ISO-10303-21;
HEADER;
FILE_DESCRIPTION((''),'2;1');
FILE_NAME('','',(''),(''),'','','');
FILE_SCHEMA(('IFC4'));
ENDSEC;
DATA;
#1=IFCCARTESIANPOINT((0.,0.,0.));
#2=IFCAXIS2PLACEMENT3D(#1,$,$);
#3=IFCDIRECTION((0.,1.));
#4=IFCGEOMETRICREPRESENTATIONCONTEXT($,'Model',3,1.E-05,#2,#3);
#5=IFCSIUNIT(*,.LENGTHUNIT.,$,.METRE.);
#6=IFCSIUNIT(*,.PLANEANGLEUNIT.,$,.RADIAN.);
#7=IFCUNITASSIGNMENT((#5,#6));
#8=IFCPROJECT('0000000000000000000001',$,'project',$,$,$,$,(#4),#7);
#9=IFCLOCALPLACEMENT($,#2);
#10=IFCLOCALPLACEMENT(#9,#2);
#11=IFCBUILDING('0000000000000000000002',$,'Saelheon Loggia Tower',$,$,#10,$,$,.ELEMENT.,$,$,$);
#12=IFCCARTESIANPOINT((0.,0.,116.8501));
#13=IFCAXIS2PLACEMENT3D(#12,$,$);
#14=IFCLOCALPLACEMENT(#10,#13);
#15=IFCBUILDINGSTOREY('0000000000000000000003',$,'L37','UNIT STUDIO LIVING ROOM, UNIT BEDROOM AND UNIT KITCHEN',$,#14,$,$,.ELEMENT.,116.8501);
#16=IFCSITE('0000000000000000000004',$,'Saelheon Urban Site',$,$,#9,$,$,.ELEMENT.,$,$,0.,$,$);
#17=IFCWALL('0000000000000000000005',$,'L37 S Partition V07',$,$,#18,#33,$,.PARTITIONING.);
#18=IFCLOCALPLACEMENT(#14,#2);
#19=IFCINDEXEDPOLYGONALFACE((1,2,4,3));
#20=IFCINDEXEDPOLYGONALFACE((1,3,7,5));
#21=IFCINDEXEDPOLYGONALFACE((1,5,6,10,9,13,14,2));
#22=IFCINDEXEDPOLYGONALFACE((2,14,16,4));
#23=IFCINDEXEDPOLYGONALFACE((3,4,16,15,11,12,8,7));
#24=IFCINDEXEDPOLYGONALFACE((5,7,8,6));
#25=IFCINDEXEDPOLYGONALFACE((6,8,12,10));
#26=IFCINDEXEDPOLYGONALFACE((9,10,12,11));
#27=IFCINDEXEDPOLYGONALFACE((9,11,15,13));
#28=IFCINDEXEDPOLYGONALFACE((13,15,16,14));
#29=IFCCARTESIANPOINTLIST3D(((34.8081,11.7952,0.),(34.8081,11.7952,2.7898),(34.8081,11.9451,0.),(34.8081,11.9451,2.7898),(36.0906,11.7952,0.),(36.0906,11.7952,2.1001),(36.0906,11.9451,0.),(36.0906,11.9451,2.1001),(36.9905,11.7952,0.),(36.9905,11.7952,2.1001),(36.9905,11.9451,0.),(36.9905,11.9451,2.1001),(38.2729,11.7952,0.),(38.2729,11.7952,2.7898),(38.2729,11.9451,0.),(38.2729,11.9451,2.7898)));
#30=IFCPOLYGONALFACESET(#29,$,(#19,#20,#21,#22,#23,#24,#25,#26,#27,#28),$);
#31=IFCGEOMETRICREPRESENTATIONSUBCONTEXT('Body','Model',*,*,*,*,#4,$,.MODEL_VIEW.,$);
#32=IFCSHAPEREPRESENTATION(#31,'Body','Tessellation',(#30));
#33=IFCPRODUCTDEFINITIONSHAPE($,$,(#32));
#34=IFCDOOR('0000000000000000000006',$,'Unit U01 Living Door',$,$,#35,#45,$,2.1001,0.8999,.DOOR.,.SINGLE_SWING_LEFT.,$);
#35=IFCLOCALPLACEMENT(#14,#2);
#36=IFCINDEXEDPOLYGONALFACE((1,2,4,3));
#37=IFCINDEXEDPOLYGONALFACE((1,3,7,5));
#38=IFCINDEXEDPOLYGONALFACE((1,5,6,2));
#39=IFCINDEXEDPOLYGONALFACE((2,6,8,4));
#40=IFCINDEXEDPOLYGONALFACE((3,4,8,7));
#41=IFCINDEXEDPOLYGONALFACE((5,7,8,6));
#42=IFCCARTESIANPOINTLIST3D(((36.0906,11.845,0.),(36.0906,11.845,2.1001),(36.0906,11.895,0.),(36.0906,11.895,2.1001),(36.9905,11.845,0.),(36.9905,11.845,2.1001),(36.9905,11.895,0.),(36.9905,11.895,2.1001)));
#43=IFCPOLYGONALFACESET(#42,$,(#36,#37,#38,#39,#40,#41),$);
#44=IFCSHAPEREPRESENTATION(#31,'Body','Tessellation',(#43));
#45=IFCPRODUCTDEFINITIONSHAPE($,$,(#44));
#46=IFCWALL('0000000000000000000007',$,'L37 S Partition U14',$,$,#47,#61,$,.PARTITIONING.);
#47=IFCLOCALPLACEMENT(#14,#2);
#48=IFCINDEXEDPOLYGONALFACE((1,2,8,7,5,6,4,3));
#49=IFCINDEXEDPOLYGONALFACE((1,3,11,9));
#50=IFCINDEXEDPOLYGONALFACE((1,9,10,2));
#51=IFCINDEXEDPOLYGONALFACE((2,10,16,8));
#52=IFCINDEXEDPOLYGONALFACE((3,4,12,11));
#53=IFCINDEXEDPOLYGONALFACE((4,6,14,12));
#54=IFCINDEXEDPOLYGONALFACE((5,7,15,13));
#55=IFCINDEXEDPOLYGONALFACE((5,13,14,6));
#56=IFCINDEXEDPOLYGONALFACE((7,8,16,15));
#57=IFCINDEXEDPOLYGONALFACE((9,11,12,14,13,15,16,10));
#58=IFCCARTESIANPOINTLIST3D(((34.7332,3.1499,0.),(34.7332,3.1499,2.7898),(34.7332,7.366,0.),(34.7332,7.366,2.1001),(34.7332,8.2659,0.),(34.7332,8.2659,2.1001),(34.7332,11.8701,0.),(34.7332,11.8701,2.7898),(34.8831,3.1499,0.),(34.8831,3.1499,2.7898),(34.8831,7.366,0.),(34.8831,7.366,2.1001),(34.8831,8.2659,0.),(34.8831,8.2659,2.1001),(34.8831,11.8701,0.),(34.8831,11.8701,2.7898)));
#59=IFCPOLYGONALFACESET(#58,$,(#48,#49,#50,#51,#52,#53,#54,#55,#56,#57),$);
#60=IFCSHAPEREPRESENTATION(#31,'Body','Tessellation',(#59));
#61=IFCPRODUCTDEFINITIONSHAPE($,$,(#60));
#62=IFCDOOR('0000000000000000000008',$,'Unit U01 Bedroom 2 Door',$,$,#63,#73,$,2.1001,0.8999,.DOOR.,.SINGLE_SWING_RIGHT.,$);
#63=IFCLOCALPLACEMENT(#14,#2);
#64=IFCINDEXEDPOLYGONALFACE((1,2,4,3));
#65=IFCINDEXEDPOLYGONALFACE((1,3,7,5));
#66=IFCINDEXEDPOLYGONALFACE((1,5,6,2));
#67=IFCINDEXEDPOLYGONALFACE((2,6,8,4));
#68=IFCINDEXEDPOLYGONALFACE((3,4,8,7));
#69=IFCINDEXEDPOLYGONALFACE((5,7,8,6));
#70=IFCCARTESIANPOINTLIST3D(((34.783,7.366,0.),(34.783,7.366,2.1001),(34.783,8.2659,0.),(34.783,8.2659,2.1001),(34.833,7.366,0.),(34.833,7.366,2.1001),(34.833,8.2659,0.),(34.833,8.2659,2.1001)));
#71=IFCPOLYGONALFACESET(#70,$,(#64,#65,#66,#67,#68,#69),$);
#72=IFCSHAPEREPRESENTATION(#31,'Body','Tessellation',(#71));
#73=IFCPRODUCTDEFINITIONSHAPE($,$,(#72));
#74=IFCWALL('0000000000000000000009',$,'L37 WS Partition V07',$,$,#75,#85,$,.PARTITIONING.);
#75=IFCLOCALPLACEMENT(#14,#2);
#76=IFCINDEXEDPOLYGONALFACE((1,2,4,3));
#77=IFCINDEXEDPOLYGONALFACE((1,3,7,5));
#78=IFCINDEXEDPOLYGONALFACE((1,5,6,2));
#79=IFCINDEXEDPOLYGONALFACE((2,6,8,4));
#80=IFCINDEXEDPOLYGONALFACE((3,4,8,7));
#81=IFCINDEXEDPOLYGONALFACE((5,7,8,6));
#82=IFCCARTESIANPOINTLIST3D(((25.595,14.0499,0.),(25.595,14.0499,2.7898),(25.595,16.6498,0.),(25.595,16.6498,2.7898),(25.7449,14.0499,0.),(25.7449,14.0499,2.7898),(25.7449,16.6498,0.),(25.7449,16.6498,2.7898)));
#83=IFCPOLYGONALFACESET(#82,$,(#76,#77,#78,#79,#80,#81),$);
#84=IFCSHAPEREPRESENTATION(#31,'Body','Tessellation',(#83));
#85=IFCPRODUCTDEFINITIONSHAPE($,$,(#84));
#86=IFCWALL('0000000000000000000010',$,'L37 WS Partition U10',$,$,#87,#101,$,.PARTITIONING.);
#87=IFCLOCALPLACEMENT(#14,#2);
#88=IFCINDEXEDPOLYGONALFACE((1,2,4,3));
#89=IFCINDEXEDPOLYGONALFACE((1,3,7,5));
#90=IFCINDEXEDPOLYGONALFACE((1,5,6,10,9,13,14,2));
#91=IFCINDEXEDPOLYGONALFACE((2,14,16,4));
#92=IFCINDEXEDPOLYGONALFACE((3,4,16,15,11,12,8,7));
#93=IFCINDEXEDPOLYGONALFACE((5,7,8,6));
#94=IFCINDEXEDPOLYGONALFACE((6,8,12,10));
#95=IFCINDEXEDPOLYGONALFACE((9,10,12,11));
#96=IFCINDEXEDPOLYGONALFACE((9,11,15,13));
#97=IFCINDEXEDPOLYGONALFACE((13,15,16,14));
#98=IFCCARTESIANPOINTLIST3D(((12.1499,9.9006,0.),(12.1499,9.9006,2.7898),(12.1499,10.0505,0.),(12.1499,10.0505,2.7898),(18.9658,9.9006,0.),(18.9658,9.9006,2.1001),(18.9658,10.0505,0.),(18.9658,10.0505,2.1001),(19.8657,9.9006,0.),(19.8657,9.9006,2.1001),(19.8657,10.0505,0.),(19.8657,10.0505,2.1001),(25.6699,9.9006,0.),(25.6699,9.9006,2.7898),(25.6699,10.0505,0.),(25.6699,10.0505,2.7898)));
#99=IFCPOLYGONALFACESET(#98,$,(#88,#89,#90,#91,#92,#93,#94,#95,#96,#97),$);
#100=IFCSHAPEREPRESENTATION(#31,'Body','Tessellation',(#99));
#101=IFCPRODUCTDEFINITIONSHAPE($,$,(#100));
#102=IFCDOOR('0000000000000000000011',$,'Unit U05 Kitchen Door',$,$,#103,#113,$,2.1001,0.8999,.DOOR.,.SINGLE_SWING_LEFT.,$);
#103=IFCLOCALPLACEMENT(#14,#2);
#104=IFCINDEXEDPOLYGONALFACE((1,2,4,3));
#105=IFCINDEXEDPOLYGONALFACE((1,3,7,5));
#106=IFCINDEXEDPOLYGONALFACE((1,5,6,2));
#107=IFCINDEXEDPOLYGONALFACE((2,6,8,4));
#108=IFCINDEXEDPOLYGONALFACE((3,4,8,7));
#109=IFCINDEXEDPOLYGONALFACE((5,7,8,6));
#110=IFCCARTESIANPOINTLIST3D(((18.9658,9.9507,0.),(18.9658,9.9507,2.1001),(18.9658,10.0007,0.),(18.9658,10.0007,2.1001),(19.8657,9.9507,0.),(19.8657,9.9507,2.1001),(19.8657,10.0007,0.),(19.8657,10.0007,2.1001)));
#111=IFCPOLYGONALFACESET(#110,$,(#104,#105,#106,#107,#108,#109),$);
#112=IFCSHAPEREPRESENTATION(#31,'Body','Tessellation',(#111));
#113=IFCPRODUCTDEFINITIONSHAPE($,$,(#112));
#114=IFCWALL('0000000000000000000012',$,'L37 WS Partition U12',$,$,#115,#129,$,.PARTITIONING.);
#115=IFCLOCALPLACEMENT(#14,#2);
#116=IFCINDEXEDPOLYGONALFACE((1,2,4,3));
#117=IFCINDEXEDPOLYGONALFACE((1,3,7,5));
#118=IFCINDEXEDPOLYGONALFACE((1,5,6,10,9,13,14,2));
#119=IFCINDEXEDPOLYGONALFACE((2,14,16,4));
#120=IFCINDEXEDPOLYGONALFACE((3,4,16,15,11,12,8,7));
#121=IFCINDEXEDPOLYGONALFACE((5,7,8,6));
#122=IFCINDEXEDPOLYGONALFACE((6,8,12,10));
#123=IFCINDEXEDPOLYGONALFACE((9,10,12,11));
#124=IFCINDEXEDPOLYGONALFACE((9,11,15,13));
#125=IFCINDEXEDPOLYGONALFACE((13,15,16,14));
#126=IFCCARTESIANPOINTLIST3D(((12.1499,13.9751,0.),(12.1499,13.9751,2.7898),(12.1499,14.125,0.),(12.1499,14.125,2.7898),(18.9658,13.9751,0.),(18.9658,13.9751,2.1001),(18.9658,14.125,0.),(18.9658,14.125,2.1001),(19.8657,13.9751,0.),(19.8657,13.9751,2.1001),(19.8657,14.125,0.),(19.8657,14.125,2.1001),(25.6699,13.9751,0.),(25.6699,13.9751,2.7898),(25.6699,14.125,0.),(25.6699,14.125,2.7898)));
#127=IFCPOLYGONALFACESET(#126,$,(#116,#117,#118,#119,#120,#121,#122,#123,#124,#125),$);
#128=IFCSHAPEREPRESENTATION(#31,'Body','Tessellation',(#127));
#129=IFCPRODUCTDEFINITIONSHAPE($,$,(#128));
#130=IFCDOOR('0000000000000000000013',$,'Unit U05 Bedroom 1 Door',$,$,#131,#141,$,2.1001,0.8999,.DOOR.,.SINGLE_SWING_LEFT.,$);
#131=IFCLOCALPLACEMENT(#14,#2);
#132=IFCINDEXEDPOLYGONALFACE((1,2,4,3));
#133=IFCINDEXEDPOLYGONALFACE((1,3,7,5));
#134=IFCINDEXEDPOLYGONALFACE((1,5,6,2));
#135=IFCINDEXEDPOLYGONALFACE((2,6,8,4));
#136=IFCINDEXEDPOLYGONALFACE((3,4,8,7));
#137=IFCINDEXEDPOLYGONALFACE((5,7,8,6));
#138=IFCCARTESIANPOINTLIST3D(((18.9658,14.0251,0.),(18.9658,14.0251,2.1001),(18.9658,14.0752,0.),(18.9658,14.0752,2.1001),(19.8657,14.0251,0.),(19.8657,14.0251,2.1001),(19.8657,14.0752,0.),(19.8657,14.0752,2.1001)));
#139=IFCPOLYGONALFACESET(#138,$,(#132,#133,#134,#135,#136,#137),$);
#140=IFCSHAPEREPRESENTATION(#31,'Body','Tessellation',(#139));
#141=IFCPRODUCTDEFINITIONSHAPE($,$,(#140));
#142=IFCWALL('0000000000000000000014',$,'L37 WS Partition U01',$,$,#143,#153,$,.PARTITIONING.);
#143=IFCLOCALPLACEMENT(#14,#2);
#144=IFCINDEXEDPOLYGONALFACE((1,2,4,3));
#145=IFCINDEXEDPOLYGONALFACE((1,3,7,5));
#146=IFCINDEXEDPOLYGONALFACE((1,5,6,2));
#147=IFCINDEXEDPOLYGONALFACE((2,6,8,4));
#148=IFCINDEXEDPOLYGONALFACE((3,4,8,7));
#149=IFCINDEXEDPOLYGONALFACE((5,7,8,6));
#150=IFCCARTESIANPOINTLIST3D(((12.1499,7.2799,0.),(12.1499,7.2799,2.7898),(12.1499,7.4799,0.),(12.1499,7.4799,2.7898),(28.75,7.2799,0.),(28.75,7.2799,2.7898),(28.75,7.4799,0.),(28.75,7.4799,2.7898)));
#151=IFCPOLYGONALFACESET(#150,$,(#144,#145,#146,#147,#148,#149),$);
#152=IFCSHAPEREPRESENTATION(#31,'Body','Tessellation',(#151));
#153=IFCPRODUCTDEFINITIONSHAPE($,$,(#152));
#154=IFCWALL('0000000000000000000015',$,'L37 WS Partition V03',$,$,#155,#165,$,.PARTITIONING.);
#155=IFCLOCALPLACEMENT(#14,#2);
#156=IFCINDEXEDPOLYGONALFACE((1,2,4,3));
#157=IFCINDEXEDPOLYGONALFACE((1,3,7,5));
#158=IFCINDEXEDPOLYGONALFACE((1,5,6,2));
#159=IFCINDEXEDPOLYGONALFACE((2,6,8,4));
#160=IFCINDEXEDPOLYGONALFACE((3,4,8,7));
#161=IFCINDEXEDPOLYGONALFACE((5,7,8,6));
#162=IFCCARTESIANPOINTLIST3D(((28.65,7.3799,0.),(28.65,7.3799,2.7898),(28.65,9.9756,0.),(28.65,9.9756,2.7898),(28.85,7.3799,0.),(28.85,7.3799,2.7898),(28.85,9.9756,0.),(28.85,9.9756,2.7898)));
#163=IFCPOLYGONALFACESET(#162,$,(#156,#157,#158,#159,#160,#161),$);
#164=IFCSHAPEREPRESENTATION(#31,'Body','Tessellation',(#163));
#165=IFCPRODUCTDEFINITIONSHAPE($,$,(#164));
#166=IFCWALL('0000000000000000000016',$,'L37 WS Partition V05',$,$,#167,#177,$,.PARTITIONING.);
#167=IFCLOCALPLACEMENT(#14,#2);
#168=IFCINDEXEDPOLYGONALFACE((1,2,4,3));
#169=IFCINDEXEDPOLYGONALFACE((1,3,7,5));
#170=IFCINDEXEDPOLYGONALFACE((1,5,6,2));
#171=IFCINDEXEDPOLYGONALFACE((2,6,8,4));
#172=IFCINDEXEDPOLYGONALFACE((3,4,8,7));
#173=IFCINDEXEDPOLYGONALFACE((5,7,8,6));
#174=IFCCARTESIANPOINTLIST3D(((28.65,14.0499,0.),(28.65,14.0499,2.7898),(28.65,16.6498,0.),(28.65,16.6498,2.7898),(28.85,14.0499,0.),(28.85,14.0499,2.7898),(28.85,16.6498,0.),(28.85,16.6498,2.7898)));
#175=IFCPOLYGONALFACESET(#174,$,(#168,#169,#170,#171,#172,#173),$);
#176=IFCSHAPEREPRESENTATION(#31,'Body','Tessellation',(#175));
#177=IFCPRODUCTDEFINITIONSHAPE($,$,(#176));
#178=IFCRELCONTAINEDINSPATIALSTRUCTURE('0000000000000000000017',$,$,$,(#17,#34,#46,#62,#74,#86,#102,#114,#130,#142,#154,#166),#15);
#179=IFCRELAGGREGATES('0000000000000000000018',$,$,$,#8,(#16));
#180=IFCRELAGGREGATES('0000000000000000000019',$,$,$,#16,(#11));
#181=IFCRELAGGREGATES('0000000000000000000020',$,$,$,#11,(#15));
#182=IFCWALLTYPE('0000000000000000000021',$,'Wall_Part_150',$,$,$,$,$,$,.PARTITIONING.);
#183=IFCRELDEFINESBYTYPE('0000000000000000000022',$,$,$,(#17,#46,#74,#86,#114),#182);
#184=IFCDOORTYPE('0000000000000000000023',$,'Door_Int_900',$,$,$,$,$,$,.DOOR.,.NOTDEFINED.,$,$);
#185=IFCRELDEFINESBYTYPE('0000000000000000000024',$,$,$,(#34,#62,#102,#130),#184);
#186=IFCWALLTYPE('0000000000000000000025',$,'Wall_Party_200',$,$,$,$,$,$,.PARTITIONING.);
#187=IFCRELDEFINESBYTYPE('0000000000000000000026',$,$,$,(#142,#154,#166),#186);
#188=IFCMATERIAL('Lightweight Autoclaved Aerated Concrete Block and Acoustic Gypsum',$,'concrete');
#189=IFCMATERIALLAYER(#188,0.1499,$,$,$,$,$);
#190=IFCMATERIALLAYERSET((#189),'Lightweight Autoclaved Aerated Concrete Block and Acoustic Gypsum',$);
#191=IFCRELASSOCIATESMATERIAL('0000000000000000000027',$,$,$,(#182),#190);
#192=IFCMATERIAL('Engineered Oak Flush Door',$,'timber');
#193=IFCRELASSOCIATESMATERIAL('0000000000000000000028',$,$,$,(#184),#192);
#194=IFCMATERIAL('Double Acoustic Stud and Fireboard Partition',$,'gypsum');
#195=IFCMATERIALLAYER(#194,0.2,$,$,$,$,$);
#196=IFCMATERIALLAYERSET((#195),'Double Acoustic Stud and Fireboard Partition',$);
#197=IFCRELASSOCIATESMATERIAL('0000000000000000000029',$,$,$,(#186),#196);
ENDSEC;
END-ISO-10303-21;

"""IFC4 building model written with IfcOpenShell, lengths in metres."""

from ifc_helpers import new_model, si_unit, direction, frame, frame_2d, origin, place, context, subcontext, project, spatial, rectangle, extrude, source, transform, mapped, material, layer, layer_set, type_object, element, fill, save


model = new_model("IFC4")

# Units and contexts
model_context = context("Model", 3, precision=1e-05, world=origin(), true_north=direction((0.0, 1.0)))
body_context = subcontext(model_context, "Body", "Model", "MODEL_VIEW")
ifc_project = project(units=[si_unit("LENGTHUNIT", "METRE"), si_unit("PLANEANGLEUNIT", "RADIAN")], contexts=[model_context])

# Site, building, storey
site_placement = place(None, origin())
site = spatial("IfcSite", under=ifc_project, at=site_placement, Name="Saelheon Urban Site", CompositionType="ELEMENT", RefElevation=0.0)
building_placement = place(site_placement, origin())
building = spatial("IfcBuilding", under=site, at=building_placement, Name="Saelheon Loggia Tower", CompositionType="ELEMENT")
storey_placement = place(building_placement, frame((0.0, 0.0, 116.8501)))
storey = spatial("IfcBuildingStorey", under=building, at=storey_placement, Name="L37", Description="UNIT STUDIO LIVING ROOM, UNIT BEDROOM AND UNIT KITCHEN", CompositionType="ELEMENT", Elevation=116.8501)

# Walls, openings, doors
ifc_material_1 = material(Name="Lightweight Autoclaved Aerated Concrete Block and Acoustic Gypsum", Category="concrete")
ifc_layer_1 = layer(ifc_material_1, 0.1499)
ifc_layer_set_1 = layer_set([ifc_layer_1], Name="Lightweight Autoclaved Aerated Concrete Block and Acoustic Gypsum")
wall_type_1 = type_object("IfcWallType", Name="Wall_Part_150", PredefinedType="PARTITIONING", material=ifc_layer_set_1)
wall_1_placement = place(storey_placement, frame((34.8081, 11.8701, 0.0), z_axis=(0.0, 0.0, 1.0), x_axis=(1.0, 0.0, 0.0)))
wall_1 = element("IfcWall", 1, at=wall_1_placement, inside=storey, type_object=wall_type_1, Name="L37 S Partition V07", PredefinedType="PARTITIONING", context=body_context, shape_type="SweptSolid", body=[
    extrude(rectangle(XDim=3.4648, YDim=0.1499, at=frame_2d((1.7324, 0.0))), origin(), (0.0, 0.0, 1.0), 2.7898),
])
opening_1_placement = place(wall_1_placement, frame((1.2825, 0.0, 0.0)))
opening_1 = element("IfcOpeningElement", 2, at=opening_1_placement, cuts=wall_1, PredefinedType="OPENING", context=body_context, shape_type="SweptSolid", body=[
    extrude(rectangle(XDim=0.8999, YDim=2.1001, at=frame_2d((0.45, 1.05))), frame((0.0, 0.0869, 0.0), z_axis=(0.0, -1.0, 0.0), x_axis=(1.0, 0.0, 0.0)), (0.0, 0.0, 1.0), 0.1738),
])
ifc_material_2 = material(Name="Engineered Oak Flush Door", Category="timber")
door_type_1 = type_object("IfcDoorType", Name="Door_Int_900", OperationType="NOTDEFINED", PredefinedType="DOOR", material=ifc_material_2)
shared_shape_1 = source(origin(), body_context, "Body", "SweptSolid", [
    extrude(rectangle(XDim=0.8999, YDim=2.1001, at=frame_2d((0.45, 1.05))), frame((0.0, 0.0249, 0.0), z_axis=(0.0, -1.0, 0.0), x_axis=(1.0, 0.0, 0.0)), (0.0, 0.0, 1.0), 0.05),
])
door_1_placement = place(opening_1_placement, origin())
door_1 = element("IfcDoor", 3, at=door_1_placement, inside=storey, type_object=door_type_1, Name="Unit U01 Living Door", OperationType="SINGLE_SWING_LEFT", OverallHeight=2.1001, OverallWidth=0.8999, PredefinedType="DOOR", context=body_context, shape_type="MappedRepresentation", body=[
    mapped(shared_shape_1, transform((0.0, 0.0, 0.0), scale=1.0)),
])
fill(opening_1, door_1)
wall_2_placement = place(storey_placement, frame((34.8081, 11.8701, 0.0), z_axis=(0.0, 0.0, 1.0), x_axis=(0.0, -1.0, 0.0)))
wall_2 = element("IfcWall", 4, at=wall_2_placement, inside=storey, type_object=wall_type_1, Name="L37 S Partition U14", PredefinedType="PARTITIONING", context=body_context, shape_type="SweptSolid", body=[
    extrude(rectangle(XDim=8.7202, YDim=0.1499, at=frame_2d((4.3601, 0.0))), origin(), (0.0, 0.0, 1.0), 2.7898),
])
opening_2_placement = place(wall_2_placement, frame((3.6042, 0.0, 0.0)))
opening_2 = element("IfcOpeningElement", 5, at=opening_2_placement, cuts=wall_2, PredefinedType="OPENING", context=body_context, shape_type="SweptSolid", body=[
    extrude(rectangle(XDim=0.8999, YDim=2.1001, at=frame_2d((0.45, 1.05))), frame((0.0, 0.0869, 0.0), z_axis=(0.0, -1.0, 0.0), x_axis=(1.0, 0.0, 0.0)), (0.0, 0.0, 1.0), 0.1738),
])
door_2_placement = place(opening_2_placement, origin())
door_2 = element("IfcDoor", 6, at=door_2_placement, inside=storey, type_object=door_type_1, Name="Unit U01 Bedroom 2 Door", OperationType="SINGLE_SWING_RIGHT", OverallHeight=2.1001, OverallWidth=0.8999, PredefinedType="DOOR", context=body_context, shape_type="MappedRepresentation", body=[
    mapped(shared_shape_1, transform((0.0, 0.0, 0.0), scale=1.0)),
])
fill(opening_2, door_2)

# Wall
wall_3_placement = place(storey_placement, frame((25.6699, 14.05, 0.0), z_axis=(0.0, 0.0, 1.0), x_axis=(0.0, 1.0, 0.0)))
element("IfcWall", 7, at=wall_3_placement, inside=storey, type_object=wall_type_1, Name="L37 WS Partition V07", PredefinedType="PARTITIONING", context=body_context, shape_type="SweptSolid", body=[
    extrude(rectangle(XDim=2.5999, YDim=0.1499, at=frame_2d((1.2998, 0.0))), origin(), (0.0, 0.0, 1.0), 2.7898),
])

# Walls, openings, doors
wall_4_placement = place(storey_placement, frame((25.6699, 9.9756, 0.0), z_axis=(0.0, 0.0, 1.0), x_axis=(-1.0, 0.0, 0.0)))
wall_4 = element("IfcWall", 8, at=wall_4_placement, inside=storey, type_object=wall_type_1, Name="L37 WS Partition U10", PredefinedType="PARTITIONING", context=body_context, shape_type="SweptSolid", body=[
    extrude(rectangle(XDim=13.52, YDim=0.1499, at=frame_2d((6.76, 0.0))), origin(), (0.0, 0.0, 1.0), 2.7898),
])
opening_3_placement = place(wall_4_placement, frame((5.8042, 0.0, 0.0)))
opening_3 = element("IfcOpeningElement", 9, at=opening_3_placement, cuts=wall_4, PredefinedType="OPENING", context=body_context, shape_type="SweptSolid", body=[
    extrude(rectangle(XDim=0.8999, YDim=2.1001, at=frame_2d((0.45, 1.05))), frame((0.0, 0.0869, 0.0), z_axis=(0.0, -1.0, 0.0), x_axis=(1.0, 0.0, 0.0)), (0.0, 0.0, 1.0), 0.1738),
])
door_3_placement = place(opening_3_placement, origin())
door_3 = element("IfcDoor", 10, at=door_3_placement, inside=storey, type_object=door_type_1, Name="Unit U05 Kitchen Door", OperationType="SINGLE_SWING_LEFT", OverallHeight=2.1001, OverallWidth=0.8999, PredefinedType="DOOR", context=body_context, shape_type="MappedRepresentation", body=[
    mapped(shared_shape_1, transform((0.0, 0.0, 0.0), scale=1.0)),
])
fill(opening_3, door_3)
wall_5_placement = place(storey_placement, frame((25.6699, 14.05, 0.0), z_axis=(0.0, 0.0, 1.0), x_axis=(-1.0, 0.0, 0.0)))
wall_5 = element("IfcWall", 11, at=wall_5_placement, inside=storey, type_object=wall_type_1, Name="L37 WS Partition U12", PredefinedType="PARTITIONING", context=body_context, shape_type="SweptSolid", body=[
    extrude(rectangle(XDim=13.52, YDim=0.1499, at=frame_2d((6.76, 0.0))), origin(), (0.0, 0.0, 1.0), 2.7898),
])
opening_4_placement = place(wall_5_placement, frame((5.8042, 0.0, 0.0)))
opening_4 = element("IfcOpeningElement", 12, at=opening_4_placement, cuts=wall_5, PredefinedType="OPENING", context=body_context, shape_type="SweptSolid", body=[
    extrude(rectangle(XDim=0.8999, YDim=2.1001, at=frame_2d((0.45, 1.05))), frame((0.0, 0.0869, 0.0), z_axis=(0.0, -1.0, 0.0), x_axis=(1.0, 0.0, 0.0)), (0.0, 0.0, 1.0), 0.1738),
])
door_4_placement = place(opening_4_placement, origin())
door_4 = element("IfcDoor", 13, at=door_4_placement, inside=storey, type_object=door_type_1, Name="Unit U05 Bedroom 1 Door", OperationType="SINGLE_SWING_LEFT", OverallHeight=2.1001, OverallWidth=0.8999, PredefinedType="DOOR", context=body_context, shape_type="MappedRepresentation", body=[
    mapped(shared_shape_1, transform((0.0, 0.0, 0.0), scale=1.0)),
])
fill(opening_4, door_4)

# Walls
ifc_material_3 = material(Name="Double Acoustic Stud and Fireboard Partition", Category="gypsum")
ifc_layer_2 = layer(ifc_material_3, 0.2)
ifc_layer_set_2 = layer_set([ifc_layer_2], Name="Double Acoustic Stud and Fireboard Partition")
wall_type_2 = type_object("IfcWallType", Name="Wall_Party_200", PredefinedType="PARTITIONING", material=ifc_layer_set_2)
wall_6_placement = place(storey_placement, frame((28.75, 7.3799, 0.0), z_axis=(0.0, 0.0, 1.0), x_axis=(-1.0, 0.0, 0.0)))
element("IfcWall", 14, at=wall_6_placement, inside=storey, type_object=wall_type_2, Name="L37 WS Partition U01", PredefinedType="PARTITIONING", context=body_context, shape_type="SweptSolid", body=[
    extrude(rectangle(XDim=16.6001, YDim=0.2, at=frame_2d((8.3, 0.0))), origin(), (0.0, 0.0, 1.0), 2.7898),
])
wall_7_placement = place(storey_placement, frame((28.75, 7.3799, 0.0), z_axis=(0.0, 0.0, 1.0), x_axis=(0.0, 1.0, 0.0)))
element("IfcWall", 15, at=wall_7_placement, inside=storey, type_object=wall_type_2, Name="L37 WS Partition V03", PredefinedType="PARTITIONING", context=body_context, shape_type="SweptSolid", body=[
    extrude(rectangle(XDim=2.5957, YDim=0.2, at=frame_2d((1.2979, 0.0))), origin(), (0.0, 0.0, 1.0), 2.7898),
])

# Wall
wall_8_placement = place(storey_placement, frame((28.75, 14.05, 0.0), z_axis=(0.0, 0.0, 1.0), x_axis=(0.0, 1.0, 0.0)))
element("IfcWall", 16, at=wall_8_placement, inside=storey, type_object=wall_type_2, Name="L37 WS Partition V05", PredefinedType="PARTITIONING", context=body_context, shape_type="SweptSolid", body=[
    extrude(rectangle(XDim=2.5999, YDim=0.2, at=frame_2d((1.2998, 0.0))), origin(), (0.0, 0.0, 1.0), 2.7898),
])

save(model, "model.ifc")
